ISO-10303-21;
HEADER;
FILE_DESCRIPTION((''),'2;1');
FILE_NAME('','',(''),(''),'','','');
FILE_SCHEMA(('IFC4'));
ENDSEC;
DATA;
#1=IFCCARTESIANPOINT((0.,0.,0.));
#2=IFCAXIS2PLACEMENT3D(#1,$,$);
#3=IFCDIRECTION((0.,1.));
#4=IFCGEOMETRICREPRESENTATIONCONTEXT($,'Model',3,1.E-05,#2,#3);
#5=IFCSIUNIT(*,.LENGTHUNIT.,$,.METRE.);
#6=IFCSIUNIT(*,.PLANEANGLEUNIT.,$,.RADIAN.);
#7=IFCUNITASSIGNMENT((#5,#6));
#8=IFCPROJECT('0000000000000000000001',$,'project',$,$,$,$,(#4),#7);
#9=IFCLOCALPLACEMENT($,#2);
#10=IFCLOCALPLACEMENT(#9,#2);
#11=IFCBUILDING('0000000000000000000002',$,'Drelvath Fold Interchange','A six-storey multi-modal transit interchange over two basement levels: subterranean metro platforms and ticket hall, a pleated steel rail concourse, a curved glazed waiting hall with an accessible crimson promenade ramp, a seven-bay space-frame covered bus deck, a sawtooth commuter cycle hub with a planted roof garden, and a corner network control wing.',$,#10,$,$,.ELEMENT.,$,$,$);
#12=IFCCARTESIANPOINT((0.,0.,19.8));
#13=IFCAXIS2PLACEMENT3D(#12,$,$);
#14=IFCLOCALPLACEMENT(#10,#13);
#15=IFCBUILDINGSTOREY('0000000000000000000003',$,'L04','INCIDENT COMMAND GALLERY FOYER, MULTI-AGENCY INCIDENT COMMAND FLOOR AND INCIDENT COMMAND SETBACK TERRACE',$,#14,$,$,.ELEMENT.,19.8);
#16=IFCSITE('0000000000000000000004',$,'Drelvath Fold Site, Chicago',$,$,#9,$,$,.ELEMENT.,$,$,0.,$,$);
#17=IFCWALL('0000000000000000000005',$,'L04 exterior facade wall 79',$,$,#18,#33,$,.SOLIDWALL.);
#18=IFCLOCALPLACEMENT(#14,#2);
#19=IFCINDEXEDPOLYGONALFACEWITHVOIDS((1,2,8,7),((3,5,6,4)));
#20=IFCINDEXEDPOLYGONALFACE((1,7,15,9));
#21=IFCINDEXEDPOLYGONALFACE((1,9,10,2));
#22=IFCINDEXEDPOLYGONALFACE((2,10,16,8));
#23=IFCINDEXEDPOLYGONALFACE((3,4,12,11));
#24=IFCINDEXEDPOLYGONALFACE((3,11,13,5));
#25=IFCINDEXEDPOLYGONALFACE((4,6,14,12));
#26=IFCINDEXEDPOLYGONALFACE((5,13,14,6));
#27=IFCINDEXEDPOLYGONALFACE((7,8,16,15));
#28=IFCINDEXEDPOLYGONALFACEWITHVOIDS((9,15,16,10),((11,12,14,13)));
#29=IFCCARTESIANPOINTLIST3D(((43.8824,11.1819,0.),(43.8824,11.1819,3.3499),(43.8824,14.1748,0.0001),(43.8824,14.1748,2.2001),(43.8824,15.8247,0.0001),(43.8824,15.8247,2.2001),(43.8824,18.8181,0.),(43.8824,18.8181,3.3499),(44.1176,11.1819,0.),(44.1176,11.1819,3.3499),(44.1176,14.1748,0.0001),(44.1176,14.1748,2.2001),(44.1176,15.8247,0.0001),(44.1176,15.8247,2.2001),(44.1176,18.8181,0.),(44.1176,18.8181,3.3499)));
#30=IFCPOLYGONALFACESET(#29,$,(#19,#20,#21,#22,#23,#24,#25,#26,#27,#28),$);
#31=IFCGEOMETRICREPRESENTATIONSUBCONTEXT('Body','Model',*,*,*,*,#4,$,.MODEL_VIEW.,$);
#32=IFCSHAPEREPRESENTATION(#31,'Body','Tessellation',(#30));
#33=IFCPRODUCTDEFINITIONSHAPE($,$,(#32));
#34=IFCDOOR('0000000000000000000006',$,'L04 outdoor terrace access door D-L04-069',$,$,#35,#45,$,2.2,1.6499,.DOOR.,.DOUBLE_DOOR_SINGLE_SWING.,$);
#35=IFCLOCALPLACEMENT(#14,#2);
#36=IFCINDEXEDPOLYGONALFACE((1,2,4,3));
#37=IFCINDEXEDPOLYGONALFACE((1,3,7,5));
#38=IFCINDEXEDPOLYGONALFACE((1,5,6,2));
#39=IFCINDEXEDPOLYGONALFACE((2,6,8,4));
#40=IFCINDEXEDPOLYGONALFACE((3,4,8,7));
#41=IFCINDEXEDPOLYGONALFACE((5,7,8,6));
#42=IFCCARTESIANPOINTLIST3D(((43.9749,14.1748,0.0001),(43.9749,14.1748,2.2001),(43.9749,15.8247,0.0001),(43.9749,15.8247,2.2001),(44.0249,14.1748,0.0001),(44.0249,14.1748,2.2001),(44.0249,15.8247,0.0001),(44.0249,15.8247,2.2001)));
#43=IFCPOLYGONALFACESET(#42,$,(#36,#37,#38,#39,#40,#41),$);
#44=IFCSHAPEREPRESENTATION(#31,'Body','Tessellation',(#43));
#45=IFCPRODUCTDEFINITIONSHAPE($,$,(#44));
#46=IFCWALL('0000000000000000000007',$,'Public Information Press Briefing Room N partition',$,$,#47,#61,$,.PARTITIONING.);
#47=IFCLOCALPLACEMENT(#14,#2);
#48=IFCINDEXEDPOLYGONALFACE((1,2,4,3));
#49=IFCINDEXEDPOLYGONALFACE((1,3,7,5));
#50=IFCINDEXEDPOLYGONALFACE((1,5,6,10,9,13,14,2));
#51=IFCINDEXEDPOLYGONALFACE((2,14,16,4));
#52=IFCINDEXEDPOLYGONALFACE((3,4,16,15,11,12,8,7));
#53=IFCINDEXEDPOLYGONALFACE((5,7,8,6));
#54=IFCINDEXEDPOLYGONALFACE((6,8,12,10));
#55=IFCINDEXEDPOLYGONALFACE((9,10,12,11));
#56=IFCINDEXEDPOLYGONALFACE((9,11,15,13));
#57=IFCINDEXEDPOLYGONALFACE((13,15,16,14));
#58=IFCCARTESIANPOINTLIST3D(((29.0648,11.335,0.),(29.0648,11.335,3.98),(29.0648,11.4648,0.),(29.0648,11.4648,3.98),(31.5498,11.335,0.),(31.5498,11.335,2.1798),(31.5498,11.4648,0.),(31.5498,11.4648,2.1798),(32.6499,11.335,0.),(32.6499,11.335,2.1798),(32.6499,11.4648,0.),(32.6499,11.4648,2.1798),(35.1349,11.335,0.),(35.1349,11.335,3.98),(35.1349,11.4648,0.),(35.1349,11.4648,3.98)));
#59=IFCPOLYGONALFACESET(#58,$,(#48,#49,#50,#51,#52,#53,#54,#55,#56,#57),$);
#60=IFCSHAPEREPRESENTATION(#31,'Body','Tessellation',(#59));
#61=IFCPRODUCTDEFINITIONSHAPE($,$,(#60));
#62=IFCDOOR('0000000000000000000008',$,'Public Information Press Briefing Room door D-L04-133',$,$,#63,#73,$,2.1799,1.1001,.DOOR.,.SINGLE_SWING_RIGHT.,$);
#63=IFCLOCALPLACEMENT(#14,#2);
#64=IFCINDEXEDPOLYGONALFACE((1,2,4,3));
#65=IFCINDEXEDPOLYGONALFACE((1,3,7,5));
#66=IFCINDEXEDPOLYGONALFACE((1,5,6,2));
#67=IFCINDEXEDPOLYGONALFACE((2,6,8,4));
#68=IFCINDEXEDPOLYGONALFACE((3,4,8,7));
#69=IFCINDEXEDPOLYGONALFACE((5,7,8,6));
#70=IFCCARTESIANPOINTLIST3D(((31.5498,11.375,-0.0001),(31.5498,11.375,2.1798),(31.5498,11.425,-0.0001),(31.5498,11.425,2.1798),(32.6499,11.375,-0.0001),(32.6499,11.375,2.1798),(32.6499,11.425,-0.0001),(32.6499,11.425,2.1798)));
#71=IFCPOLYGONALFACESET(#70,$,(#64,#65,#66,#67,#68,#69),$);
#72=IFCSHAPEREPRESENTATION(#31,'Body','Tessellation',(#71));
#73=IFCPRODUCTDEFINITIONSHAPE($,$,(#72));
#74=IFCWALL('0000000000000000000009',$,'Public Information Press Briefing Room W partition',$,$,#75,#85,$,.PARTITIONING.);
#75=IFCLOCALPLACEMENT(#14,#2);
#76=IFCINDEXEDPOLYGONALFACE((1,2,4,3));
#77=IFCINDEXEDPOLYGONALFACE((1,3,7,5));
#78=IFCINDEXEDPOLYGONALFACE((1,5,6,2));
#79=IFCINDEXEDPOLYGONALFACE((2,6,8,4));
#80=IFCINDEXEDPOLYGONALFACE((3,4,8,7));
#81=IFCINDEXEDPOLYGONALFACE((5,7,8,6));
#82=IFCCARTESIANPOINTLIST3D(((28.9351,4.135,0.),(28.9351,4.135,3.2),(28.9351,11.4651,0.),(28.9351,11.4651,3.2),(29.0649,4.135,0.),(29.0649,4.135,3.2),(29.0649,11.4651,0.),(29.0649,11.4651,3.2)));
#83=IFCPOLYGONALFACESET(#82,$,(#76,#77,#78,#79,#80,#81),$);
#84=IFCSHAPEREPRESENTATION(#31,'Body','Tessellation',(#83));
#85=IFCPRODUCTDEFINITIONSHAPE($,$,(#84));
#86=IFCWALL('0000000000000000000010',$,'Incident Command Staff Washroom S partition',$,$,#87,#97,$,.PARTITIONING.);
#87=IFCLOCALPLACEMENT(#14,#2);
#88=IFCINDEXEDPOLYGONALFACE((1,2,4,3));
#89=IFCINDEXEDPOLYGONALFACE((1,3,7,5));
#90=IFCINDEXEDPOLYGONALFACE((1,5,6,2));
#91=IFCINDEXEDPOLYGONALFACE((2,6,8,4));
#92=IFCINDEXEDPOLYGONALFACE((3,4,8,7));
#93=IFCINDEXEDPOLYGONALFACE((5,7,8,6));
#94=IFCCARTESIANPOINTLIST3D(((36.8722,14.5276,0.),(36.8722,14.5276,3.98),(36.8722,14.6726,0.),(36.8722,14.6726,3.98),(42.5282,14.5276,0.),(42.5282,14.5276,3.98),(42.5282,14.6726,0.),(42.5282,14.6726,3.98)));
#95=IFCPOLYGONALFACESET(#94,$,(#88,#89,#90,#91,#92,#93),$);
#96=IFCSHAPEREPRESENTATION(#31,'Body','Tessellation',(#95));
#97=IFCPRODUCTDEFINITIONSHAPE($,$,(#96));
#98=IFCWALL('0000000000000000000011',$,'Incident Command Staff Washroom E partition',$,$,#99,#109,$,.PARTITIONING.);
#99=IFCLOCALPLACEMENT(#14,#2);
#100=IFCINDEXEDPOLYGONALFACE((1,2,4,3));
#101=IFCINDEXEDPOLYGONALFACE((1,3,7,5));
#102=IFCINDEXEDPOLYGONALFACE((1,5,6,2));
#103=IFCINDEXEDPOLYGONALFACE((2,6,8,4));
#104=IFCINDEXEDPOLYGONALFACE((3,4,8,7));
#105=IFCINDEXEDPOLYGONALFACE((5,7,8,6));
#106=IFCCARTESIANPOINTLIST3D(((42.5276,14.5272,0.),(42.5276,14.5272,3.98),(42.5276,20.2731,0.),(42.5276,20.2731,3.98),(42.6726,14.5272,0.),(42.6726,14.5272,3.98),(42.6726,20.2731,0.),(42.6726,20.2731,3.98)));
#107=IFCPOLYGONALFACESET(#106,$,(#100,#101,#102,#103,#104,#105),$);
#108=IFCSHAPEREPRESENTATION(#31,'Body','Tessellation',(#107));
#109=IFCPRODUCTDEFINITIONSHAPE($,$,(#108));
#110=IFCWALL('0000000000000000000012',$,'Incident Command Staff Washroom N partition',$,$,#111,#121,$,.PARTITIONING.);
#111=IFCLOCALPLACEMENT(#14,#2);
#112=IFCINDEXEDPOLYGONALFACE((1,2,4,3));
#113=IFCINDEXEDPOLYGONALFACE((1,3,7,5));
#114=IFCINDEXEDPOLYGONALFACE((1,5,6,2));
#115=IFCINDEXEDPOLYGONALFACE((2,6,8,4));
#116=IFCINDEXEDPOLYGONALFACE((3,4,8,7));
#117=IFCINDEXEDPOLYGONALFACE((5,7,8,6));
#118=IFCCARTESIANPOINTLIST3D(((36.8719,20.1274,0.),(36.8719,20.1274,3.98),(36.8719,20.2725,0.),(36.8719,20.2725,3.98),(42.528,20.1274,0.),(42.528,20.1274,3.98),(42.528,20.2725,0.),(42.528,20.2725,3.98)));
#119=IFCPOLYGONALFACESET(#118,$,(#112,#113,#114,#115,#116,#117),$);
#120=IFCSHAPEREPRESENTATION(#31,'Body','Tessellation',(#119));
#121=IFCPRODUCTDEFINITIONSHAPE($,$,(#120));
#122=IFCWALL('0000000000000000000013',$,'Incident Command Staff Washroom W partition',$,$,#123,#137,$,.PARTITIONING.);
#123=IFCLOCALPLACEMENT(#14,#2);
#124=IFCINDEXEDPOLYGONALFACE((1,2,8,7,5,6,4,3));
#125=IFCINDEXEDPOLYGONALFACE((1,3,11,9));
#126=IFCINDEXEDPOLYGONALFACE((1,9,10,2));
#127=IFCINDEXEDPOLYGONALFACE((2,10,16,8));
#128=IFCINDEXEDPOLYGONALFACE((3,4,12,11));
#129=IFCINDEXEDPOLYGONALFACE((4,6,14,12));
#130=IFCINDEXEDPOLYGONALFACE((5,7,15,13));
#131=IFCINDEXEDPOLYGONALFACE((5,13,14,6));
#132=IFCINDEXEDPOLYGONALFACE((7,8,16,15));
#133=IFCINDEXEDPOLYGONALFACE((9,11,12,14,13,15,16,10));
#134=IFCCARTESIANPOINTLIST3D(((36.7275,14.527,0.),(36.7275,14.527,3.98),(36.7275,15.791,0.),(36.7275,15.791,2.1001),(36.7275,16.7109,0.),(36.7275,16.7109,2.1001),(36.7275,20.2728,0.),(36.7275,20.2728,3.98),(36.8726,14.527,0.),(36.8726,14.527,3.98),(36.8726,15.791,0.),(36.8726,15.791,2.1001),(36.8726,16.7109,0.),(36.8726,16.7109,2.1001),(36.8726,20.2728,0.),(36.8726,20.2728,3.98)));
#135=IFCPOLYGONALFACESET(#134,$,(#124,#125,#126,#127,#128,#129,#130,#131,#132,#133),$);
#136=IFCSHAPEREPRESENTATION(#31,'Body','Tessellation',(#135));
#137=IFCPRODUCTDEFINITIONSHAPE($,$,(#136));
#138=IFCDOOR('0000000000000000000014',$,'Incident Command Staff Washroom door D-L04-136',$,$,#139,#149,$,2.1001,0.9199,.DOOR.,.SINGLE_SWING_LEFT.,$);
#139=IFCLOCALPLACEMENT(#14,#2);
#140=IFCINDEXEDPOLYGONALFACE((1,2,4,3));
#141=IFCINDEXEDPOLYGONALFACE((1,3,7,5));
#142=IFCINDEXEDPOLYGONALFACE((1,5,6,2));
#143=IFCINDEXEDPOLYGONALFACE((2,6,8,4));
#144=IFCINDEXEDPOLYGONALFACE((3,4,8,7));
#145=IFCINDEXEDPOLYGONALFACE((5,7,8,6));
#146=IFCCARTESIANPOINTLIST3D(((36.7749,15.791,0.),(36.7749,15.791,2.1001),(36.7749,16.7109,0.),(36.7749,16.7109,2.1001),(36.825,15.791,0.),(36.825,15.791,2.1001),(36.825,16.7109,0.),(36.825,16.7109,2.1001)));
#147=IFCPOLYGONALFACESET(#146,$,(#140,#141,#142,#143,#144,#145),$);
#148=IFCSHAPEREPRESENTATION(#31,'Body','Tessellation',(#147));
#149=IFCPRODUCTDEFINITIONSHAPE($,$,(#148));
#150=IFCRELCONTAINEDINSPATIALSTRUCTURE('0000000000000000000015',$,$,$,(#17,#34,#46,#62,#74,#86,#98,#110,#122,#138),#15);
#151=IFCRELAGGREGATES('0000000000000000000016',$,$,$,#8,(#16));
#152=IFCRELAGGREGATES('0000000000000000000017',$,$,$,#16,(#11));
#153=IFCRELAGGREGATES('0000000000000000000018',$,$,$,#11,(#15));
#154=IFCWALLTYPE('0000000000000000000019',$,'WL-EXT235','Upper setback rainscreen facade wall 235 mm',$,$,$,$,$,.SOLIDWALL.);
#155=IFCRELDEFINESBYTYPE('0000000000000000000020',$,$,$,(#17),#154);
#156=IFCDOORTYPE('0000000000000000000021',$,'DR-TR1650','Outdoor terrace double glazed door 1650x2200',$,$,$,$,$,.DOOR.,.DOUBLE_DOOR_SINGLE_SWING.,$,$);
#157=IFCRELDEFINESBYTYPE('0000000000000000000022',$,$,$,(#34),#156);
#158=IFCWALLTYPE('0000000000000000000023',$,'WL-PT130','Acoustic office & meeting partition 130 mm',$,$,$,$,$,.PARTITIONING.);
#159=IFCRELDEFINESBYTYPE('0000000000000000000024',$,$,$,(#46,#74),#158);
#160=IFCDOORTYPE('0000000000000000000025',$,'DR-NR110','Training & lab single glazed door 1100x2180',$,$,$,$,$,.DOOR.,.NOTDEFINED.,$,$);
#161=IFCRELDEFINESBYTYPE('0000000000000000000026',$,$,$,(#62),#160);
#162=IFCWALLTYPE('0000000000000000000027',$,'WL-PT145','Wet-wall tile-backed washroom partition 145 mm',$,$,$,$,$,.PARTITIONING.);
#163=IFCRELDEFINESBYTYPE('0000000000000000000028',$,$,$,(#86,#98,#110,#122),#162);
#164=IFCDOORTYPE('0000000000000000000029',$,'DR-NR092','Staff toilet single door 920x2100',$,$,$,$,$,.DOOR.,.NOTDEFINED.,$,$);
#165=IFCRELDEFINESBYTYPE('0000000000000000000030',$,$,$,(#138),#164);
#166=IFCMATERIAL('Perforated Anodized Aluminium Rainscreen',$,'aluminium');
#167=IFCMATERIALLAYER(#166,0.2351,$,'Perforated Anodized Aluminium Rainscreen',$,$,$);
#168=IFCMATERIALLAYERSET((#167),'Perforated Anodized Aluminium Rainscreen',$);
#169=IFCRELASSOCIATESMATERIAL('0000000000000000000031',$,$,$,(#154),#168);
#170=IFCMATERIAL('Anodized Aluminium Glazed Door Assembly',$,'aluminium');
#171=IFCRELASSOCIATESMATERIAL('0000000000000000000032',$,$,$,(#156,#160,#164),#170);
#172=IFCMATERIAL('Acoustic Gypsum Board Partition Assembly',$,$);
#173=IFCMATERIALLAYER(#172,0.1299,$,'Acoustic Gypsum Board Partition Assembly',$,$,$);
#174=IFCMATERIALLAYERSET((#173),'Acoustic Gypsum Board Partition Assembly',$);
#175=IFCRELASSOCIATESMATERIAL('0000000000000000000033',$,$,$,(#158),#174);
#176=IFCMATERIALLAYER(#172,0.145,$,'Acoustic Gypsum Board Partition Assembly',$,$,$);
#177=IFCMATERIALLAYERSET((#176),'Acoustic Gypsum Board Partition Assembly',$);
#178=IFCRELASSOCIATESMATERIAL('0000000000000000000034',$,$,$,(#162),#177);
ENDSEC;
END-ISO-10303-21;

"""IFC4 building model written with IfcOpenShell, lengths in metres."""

from ifc_helpers import new_model, si_unit, direction, frame, frame_2d, origin, place, context, subcontext, project, spatial, rectangle, extrude, material, layer, layer_set, type_object, element, fill, save


model = new_model("IFC4")

# Units and contexts
model_context = context("Model", 3, precision=1e-05, world=origin(), true_north=direction((0.0, 1.0)))
body_context = subcontext(model_context, "Body", "Model", "MODEL_VIEW")
ifc_project = project(units=[si_unit("LENGTHUNIT", "METRE"), si_unit("PLANEANGLEUNIT", "RADIAN")], contexts=[model_context])

# Site, building, storey
site_placement = place(None, origin())
site = spatial("IfcSite", under=ifc_project, at=site_placement, Name="Drelvath Fold Site, Chicago", CompositionType="ELEMENT", RefElevation=0.0)
building_placement = place(site_placement, origin())
building = spatial("IfcBuilding", under=site, at=building_placement, Name="Drelvath Fold Interchange", Description="A six-storey multi-modal transit interchange over two basement levels: subterranean metro platforms and ticket hall, a pleated steel rail concourse, a curved glazed waiting hall with an accessible crimson promenade ramp, a seven-bay space-frame covered bus deck, a sawtooth commuter cycle hub with a planted roof garden, and a corner network control wing.", CompositionType="ELEMENT")
storey_placement = place(building_placement, frame((0.0, 0.0, 19.8)))
storey = spatial("IfcBuildingStorey", under=building, at=storey_placement, Name="L04", Description="INCIDENT COMMAND GALLERY FOYER, MULTI-AGENCY INCIDENT COMMAND FLOOR AND INCIDENT COMMAND SETBACK TERRACE", CompositionType="ELEMENT", Elevation=19.8)

# Walls, openings, doors
ifc_material_1 = material(Name="Perforated Anodized Aluminium Rainscreen", Category="aluminium")
ifc_layer_1 = layer(ifc_material_1, 0.2351, Name="Perforated Anodized Aluminium Rainscreen")
ifc_layer_set_1 = layer_set([ifc_layer_1], Name="Perforated Anodized Aluminium Rainscreen")
wall_type_1 = type_object("IfcWallType", Name="WL-EXT235", Description="Upper setback rainscreen facade wall 235 mm", PredefinedType="SOLIDWALL", material=ifc_layer_set_1)
wall_1_placement = place(storey_placement, frame((44.0, 11.1819, 0.0), z_axis=(0.0, 0.0, 1.0), x_axis=(0.0, 1.0, 0.0)))
wall_1 = element("IfcWall", 1, at=wall_1_placement, inside=storey, type_object=wall_type_1, Name="L04 exterior facade wall 79", PredefinedType="SOLIDWALL", context=body_context, shape_type="SweptSolid", body=[
    extrude(rectangle(XDim=7.6362, YDim=0.2351, at=frame_2d((3.8181, 0.0))), origin(), (0.0, 0.0, 1.0), 3.3499),
])
opening_1_placement = place(wall_1_placement, frame((2.9929, 0.0, 0.0)))
opening_1 = element("IfcOpeningElement", 2, at=opening_1_placement, cuts=wall_1, PredefinedType="OPENING", context=body_context, shape_type="SweptSolid", body=[
    extrude(rectangle(XDim=1.6499, YDim=2.2, at=frame_2d((0.825, 1.1001))), frame((0.0, 0.1274, 0.0), z_axis=(0.0, -1.0, 0.0), x_axis=(1.0, 0.0, 0.0)), (0.0, 0.0, 1.0), 0.2551),
])
ifc_material_2 = material(Name="Anodized Aluminium Glazed Door Assembly", Category="aluminium")
door_type_1 = type_object("IfcDoorType", Name="DR-TR1650", Description="Outdoor terrace double glazed door 1650x2200", OperationType="DOUBLE_DOOR_SINGLE_SWING", PredefinedType="DOOR", material=ifc_material_2)
door_1_placement = place(opening_1_placement, frame((1.6499, 0.0, 0.0), z_axis=(0.0, 0.0, 1.0), x_axis=(-1.0, 0.0, 0.0)))
door_1 = element("IfcDoor", 3, at=door_1_placement, inside=storey, type_object=door_type_1, Name="L04 outdoor terrace access door D-L04-069", OperationType="DOUBLE_DOOR_SINGLE_SWING", OverallHeight=2.2, OverallWidth=1.6499, PredefinedType="DOOR", context=body_context, shape_type="SweptSolid", body=[
    extrude(rectangle(XDim=1.6499, YDim=2.2, at=frame_2d((0.825, 1.1001))), frame((0.0, 0.0249, 0.0), z_axis=(0.0, -1.0, 0.0), x_axis=(1.0, 0.0, 0.0)), (0.0, 0.0, 1.0), 0.05),
])
fill(opening_1, door_1)
ifc_material_3 = material(Name="Acoustic Gypsum Board Partition Assembly")
ifc_layer_2 = layer(ifc_material_3, 0.1299, Name="Acoustic Gypsum Board Partition Assembly")
ifc_layer_set_2 = layer_set([ifc_layer_2], Name="Acoustic Gypsum Board Partition Assembly")
wall_type_2 = type_object("IfcWallType", Name="WL-PT130", Description="Acoustic office & meeting partition 130 mm", PredefinedType="PARTITIONING", material=ifc_layer_set_2)
wall_2_placement = place(storey_placement, frame((35.135, 11.3999, 0.0), z_axis=(0.0, 0.0, 1.0), x_axis=(-1.0, 0.0, 0.0)))
wall_2 = element("IfcWall", 4, at=wall_2_placement, inside=storey, type_object=wall_type_2, Name="Public Information Press Briefing Room N partition", PredefinedType="PARTITIONING", context=body_context, shape_type="SweptSolid", body=[
    extrude(rectangle(XDim=6.0701, YDim=0.1299, at=frame_2d((3.0352, 0.0))), origin(), (0.0, 0.0, 1.0), 3.98),
])
opening_2_placement = place(wall_2_placement, frame((2.4851, 0.0, 0.0)))
opening_2 = element("IfcOpeningElement", 5, at=opening_2_placement, cuts=wall_2, PredefinedType="OPENING", context=body_context, shape_type="SweptSolid", body=[
    extrude(rectangle(XDim=1.1001, YDim=2.1799, at=frame_2d((0.55, 1.0898))), frame((0.0, 0.075, 0.0), z_axis=(0.0, -1.0, 0.0), x_axis=(1.0, 0.0, 0.0)), (0.0, 0.0, 1.0), 0.1499),
])
door_type_2 = type_object("IfcDoorType", Name="DR-NR110", Description="Training & lab single glazed door 1100x2180", OperationType="NOTDEFINED", PredefinedType="DOOR", material=ifc_material_2)
door_2_placement = place(opening_2_placement, origin())
door_2 = element("IfcDoor", 6, at=door_2_placement, inside=storey, type_object=door_type_2, Name="Public Information Press Briefing Room door D-L04-133", OperationType="SINGLE_SWING_RIGHT", OverallHeight=2.1799, OverallWidth=1.1001, PredefinedType="DOOR", context=body_context, shape_type="SweptSolid", body=[
    extrude(rectangle(XDim=1.1001, YDim=2.1799, at=frame_2d((0.55, 1.0898))), frame((0.0, 0.0249, 0.0), z_axis=(0.0, -1.0, 0.0), x_axis=(1.0, 0.0, 0.0)), (0.0, 0.0, 1.0), 0.05),
])
fill(opening_2, door_2)

# Walls
wall_3_placement = place(storey_placement, frame((29.0, 11.4651, 0.0), z_axis=(0.0, 0.0, 1.0), x_axis=(0.0, -1.0, 0.0)))
element("IfcWall", 7, at=wall_3_placement, inside=storey, type_object=wall_type_2, Name="Public Information Press Briefing Room W partition", PredefinedType="PARTITIONING", context=body_context, shape_type="SweptSolid", body=[
    extrude(rectangle(XDim=7.3301, YDim=0.1299, at=frame_2d((3.665, 0.0))), origin(), (0.0, 0.0, 1.0), 3.2),
])
ifc_layer_3 = layer(ifc_material_3, 0.145, Name="Acoustic Gypsum Board Partition Assembly")
ifc_layer_set_3 = layer_set([ifc_layer_3], Name="Acoustic Gypsum Board Partition Assembly")
wall_type_3 = type_object("IfcWallType", Name="WL-PT145", Description="Wet-wall tile-backed washroom partition 145 mm", PredefinedType="PARTITIONING", material=ifc_layer_set_3)
wall_4_placement = place(storey_placement, frame((36.8721, 14.6001, 0.0), z_axis=(0.0, 0.0, 1.0), x_axis=(1.0, 0.0, 0.0)))
element("IfcWall", 8, at=wall_4_placement, inside=storey, type_object=wall_type_3, Name="Incident Command Staff Washroom S partition", PredefinedType="PARTITIONING", context=body_context, shape_type="SweptSolid", body=[
    extrude(rectangle(XDim=5.656, YDim=0.145, at=frame_2d((2.8281, 0.0))), origin(), (0.0, 0.0, 1.0), 3.98),
])
wall_5_placement = place(storey_placement, frame((42.6001, 14.5271, 0.0), z_axis=(0.0, 0.0, 1.0), x_axis=(0.0, 1.0, 0.0)))
element("IfcWall", 9, at=wall_5_placement, inside=storey, type_object=wall_type_3, Name="Incident Command Staff Washroom E partition", PredefinedType="PARTITIONING", context=body_context, shape_type="SweptSolid", body=[
    extrude(rectangle(XDim=5.7458, YDim=0.145, at=frame_2d((2.873, 0.0))), origin(), (0.0, 0.0, 1.0), 3.98),
])
wall_6_placement = place(storey_placement, frame((42.5281, 20.2, 0.0), z_axis=(0.0, 0.0, 1.0), x_axis=(-1.0, 0.0, 0.0)))
element("IfcWall", 10, at=wall_6_placement, inside=storey, type_object=wall_type_3, Name="Incident Command Staff Washroom N partition", PredefinedType="PARTITIONING", context=body_context, shape_type="SweptSolid", body=[
    extrude(rectangle(XDim=5.656, YDim=0.145, at=frame_2d((2.8281, 0.0))), origin(), (0.0, 0.0, 1.0), 3.98),
])

# Wall, opening, door
wall_7_placement = place(storey_placement, frame((36.8, 20.2729, 0.0), z_axis=(0.0, 0.0, 1.0), x_axis=(0.0, -1.0, 0.0)))
wall_7 = element("IfcWall", 11, at=wall_7_placement, inside=storey, type_object=wall_type_3, Name="Incident Command Staff Washroom W partition", PredefinedType="PARTITIONING", context=body_context, shape_type="SweptSolid", body=[
    extrude(rectangle(XDim=5.7458, YDim=0.145, at=frame_2d((2.873, 0.0))), origin(), (0.0, 0.0, 1.0), 3.98),
])
opening_3_placement = place(wall_7_placement, frame((3.562, 0.0, 0.0)))
opening_3 = element("IfcOpeningElement", 12, at=opening_3_placement, cuts=wall_7, PredefinedType="OPENING", context=body_context, shape_type="SweptSolid", body=[
    extrude(rectangle(XDim=0.9199, YDim=2.1001, at=frame_2d((0.46, 1.05))), frame((0.0, 0.0825, 0.0), z_axis=(0.0, -1.0, 0.0), x_axis=(1.0, 0.0, 0.0)), (0.0, 0.0, 1.0), 0.165),
])
door_type_3 = type_object("IfcDoorType", Name="DR-NR092", Description="Staff toilet single door 920x2100", OperationType="NOTDEFINED", PredefinedType="DOOR", material=ifc_material_2)
door_3_placement = place(opening_3_placement, origin())
door_3 = element("IfcDoor", 13, at=door_3_placement, inside=storey, type_object=door_type_3, Name="Incident Command Staff Washroom door D-L04-136", OperationType="SINGLE_SWING_LEFT", OverallHeight=2.1001, OverallWidth=0.9199, PredefinedType="DOOR", context=body_context, shape_type="SweptSolid", body=[
    extrude(rectangle(XDim=0.9199, YDim=2.1001, at=frame_2d((0.46, 1.05))), frame((0.0, 0.0249, 0.0), z_axis=(0.0, -1.0, 0.0), x_axis=(1.0, 0.0, 0.0)), (0.0, 0.0, 1.0), 0.05),
])
fill(opening_3, door_3)

save(model, "model.ifc")
